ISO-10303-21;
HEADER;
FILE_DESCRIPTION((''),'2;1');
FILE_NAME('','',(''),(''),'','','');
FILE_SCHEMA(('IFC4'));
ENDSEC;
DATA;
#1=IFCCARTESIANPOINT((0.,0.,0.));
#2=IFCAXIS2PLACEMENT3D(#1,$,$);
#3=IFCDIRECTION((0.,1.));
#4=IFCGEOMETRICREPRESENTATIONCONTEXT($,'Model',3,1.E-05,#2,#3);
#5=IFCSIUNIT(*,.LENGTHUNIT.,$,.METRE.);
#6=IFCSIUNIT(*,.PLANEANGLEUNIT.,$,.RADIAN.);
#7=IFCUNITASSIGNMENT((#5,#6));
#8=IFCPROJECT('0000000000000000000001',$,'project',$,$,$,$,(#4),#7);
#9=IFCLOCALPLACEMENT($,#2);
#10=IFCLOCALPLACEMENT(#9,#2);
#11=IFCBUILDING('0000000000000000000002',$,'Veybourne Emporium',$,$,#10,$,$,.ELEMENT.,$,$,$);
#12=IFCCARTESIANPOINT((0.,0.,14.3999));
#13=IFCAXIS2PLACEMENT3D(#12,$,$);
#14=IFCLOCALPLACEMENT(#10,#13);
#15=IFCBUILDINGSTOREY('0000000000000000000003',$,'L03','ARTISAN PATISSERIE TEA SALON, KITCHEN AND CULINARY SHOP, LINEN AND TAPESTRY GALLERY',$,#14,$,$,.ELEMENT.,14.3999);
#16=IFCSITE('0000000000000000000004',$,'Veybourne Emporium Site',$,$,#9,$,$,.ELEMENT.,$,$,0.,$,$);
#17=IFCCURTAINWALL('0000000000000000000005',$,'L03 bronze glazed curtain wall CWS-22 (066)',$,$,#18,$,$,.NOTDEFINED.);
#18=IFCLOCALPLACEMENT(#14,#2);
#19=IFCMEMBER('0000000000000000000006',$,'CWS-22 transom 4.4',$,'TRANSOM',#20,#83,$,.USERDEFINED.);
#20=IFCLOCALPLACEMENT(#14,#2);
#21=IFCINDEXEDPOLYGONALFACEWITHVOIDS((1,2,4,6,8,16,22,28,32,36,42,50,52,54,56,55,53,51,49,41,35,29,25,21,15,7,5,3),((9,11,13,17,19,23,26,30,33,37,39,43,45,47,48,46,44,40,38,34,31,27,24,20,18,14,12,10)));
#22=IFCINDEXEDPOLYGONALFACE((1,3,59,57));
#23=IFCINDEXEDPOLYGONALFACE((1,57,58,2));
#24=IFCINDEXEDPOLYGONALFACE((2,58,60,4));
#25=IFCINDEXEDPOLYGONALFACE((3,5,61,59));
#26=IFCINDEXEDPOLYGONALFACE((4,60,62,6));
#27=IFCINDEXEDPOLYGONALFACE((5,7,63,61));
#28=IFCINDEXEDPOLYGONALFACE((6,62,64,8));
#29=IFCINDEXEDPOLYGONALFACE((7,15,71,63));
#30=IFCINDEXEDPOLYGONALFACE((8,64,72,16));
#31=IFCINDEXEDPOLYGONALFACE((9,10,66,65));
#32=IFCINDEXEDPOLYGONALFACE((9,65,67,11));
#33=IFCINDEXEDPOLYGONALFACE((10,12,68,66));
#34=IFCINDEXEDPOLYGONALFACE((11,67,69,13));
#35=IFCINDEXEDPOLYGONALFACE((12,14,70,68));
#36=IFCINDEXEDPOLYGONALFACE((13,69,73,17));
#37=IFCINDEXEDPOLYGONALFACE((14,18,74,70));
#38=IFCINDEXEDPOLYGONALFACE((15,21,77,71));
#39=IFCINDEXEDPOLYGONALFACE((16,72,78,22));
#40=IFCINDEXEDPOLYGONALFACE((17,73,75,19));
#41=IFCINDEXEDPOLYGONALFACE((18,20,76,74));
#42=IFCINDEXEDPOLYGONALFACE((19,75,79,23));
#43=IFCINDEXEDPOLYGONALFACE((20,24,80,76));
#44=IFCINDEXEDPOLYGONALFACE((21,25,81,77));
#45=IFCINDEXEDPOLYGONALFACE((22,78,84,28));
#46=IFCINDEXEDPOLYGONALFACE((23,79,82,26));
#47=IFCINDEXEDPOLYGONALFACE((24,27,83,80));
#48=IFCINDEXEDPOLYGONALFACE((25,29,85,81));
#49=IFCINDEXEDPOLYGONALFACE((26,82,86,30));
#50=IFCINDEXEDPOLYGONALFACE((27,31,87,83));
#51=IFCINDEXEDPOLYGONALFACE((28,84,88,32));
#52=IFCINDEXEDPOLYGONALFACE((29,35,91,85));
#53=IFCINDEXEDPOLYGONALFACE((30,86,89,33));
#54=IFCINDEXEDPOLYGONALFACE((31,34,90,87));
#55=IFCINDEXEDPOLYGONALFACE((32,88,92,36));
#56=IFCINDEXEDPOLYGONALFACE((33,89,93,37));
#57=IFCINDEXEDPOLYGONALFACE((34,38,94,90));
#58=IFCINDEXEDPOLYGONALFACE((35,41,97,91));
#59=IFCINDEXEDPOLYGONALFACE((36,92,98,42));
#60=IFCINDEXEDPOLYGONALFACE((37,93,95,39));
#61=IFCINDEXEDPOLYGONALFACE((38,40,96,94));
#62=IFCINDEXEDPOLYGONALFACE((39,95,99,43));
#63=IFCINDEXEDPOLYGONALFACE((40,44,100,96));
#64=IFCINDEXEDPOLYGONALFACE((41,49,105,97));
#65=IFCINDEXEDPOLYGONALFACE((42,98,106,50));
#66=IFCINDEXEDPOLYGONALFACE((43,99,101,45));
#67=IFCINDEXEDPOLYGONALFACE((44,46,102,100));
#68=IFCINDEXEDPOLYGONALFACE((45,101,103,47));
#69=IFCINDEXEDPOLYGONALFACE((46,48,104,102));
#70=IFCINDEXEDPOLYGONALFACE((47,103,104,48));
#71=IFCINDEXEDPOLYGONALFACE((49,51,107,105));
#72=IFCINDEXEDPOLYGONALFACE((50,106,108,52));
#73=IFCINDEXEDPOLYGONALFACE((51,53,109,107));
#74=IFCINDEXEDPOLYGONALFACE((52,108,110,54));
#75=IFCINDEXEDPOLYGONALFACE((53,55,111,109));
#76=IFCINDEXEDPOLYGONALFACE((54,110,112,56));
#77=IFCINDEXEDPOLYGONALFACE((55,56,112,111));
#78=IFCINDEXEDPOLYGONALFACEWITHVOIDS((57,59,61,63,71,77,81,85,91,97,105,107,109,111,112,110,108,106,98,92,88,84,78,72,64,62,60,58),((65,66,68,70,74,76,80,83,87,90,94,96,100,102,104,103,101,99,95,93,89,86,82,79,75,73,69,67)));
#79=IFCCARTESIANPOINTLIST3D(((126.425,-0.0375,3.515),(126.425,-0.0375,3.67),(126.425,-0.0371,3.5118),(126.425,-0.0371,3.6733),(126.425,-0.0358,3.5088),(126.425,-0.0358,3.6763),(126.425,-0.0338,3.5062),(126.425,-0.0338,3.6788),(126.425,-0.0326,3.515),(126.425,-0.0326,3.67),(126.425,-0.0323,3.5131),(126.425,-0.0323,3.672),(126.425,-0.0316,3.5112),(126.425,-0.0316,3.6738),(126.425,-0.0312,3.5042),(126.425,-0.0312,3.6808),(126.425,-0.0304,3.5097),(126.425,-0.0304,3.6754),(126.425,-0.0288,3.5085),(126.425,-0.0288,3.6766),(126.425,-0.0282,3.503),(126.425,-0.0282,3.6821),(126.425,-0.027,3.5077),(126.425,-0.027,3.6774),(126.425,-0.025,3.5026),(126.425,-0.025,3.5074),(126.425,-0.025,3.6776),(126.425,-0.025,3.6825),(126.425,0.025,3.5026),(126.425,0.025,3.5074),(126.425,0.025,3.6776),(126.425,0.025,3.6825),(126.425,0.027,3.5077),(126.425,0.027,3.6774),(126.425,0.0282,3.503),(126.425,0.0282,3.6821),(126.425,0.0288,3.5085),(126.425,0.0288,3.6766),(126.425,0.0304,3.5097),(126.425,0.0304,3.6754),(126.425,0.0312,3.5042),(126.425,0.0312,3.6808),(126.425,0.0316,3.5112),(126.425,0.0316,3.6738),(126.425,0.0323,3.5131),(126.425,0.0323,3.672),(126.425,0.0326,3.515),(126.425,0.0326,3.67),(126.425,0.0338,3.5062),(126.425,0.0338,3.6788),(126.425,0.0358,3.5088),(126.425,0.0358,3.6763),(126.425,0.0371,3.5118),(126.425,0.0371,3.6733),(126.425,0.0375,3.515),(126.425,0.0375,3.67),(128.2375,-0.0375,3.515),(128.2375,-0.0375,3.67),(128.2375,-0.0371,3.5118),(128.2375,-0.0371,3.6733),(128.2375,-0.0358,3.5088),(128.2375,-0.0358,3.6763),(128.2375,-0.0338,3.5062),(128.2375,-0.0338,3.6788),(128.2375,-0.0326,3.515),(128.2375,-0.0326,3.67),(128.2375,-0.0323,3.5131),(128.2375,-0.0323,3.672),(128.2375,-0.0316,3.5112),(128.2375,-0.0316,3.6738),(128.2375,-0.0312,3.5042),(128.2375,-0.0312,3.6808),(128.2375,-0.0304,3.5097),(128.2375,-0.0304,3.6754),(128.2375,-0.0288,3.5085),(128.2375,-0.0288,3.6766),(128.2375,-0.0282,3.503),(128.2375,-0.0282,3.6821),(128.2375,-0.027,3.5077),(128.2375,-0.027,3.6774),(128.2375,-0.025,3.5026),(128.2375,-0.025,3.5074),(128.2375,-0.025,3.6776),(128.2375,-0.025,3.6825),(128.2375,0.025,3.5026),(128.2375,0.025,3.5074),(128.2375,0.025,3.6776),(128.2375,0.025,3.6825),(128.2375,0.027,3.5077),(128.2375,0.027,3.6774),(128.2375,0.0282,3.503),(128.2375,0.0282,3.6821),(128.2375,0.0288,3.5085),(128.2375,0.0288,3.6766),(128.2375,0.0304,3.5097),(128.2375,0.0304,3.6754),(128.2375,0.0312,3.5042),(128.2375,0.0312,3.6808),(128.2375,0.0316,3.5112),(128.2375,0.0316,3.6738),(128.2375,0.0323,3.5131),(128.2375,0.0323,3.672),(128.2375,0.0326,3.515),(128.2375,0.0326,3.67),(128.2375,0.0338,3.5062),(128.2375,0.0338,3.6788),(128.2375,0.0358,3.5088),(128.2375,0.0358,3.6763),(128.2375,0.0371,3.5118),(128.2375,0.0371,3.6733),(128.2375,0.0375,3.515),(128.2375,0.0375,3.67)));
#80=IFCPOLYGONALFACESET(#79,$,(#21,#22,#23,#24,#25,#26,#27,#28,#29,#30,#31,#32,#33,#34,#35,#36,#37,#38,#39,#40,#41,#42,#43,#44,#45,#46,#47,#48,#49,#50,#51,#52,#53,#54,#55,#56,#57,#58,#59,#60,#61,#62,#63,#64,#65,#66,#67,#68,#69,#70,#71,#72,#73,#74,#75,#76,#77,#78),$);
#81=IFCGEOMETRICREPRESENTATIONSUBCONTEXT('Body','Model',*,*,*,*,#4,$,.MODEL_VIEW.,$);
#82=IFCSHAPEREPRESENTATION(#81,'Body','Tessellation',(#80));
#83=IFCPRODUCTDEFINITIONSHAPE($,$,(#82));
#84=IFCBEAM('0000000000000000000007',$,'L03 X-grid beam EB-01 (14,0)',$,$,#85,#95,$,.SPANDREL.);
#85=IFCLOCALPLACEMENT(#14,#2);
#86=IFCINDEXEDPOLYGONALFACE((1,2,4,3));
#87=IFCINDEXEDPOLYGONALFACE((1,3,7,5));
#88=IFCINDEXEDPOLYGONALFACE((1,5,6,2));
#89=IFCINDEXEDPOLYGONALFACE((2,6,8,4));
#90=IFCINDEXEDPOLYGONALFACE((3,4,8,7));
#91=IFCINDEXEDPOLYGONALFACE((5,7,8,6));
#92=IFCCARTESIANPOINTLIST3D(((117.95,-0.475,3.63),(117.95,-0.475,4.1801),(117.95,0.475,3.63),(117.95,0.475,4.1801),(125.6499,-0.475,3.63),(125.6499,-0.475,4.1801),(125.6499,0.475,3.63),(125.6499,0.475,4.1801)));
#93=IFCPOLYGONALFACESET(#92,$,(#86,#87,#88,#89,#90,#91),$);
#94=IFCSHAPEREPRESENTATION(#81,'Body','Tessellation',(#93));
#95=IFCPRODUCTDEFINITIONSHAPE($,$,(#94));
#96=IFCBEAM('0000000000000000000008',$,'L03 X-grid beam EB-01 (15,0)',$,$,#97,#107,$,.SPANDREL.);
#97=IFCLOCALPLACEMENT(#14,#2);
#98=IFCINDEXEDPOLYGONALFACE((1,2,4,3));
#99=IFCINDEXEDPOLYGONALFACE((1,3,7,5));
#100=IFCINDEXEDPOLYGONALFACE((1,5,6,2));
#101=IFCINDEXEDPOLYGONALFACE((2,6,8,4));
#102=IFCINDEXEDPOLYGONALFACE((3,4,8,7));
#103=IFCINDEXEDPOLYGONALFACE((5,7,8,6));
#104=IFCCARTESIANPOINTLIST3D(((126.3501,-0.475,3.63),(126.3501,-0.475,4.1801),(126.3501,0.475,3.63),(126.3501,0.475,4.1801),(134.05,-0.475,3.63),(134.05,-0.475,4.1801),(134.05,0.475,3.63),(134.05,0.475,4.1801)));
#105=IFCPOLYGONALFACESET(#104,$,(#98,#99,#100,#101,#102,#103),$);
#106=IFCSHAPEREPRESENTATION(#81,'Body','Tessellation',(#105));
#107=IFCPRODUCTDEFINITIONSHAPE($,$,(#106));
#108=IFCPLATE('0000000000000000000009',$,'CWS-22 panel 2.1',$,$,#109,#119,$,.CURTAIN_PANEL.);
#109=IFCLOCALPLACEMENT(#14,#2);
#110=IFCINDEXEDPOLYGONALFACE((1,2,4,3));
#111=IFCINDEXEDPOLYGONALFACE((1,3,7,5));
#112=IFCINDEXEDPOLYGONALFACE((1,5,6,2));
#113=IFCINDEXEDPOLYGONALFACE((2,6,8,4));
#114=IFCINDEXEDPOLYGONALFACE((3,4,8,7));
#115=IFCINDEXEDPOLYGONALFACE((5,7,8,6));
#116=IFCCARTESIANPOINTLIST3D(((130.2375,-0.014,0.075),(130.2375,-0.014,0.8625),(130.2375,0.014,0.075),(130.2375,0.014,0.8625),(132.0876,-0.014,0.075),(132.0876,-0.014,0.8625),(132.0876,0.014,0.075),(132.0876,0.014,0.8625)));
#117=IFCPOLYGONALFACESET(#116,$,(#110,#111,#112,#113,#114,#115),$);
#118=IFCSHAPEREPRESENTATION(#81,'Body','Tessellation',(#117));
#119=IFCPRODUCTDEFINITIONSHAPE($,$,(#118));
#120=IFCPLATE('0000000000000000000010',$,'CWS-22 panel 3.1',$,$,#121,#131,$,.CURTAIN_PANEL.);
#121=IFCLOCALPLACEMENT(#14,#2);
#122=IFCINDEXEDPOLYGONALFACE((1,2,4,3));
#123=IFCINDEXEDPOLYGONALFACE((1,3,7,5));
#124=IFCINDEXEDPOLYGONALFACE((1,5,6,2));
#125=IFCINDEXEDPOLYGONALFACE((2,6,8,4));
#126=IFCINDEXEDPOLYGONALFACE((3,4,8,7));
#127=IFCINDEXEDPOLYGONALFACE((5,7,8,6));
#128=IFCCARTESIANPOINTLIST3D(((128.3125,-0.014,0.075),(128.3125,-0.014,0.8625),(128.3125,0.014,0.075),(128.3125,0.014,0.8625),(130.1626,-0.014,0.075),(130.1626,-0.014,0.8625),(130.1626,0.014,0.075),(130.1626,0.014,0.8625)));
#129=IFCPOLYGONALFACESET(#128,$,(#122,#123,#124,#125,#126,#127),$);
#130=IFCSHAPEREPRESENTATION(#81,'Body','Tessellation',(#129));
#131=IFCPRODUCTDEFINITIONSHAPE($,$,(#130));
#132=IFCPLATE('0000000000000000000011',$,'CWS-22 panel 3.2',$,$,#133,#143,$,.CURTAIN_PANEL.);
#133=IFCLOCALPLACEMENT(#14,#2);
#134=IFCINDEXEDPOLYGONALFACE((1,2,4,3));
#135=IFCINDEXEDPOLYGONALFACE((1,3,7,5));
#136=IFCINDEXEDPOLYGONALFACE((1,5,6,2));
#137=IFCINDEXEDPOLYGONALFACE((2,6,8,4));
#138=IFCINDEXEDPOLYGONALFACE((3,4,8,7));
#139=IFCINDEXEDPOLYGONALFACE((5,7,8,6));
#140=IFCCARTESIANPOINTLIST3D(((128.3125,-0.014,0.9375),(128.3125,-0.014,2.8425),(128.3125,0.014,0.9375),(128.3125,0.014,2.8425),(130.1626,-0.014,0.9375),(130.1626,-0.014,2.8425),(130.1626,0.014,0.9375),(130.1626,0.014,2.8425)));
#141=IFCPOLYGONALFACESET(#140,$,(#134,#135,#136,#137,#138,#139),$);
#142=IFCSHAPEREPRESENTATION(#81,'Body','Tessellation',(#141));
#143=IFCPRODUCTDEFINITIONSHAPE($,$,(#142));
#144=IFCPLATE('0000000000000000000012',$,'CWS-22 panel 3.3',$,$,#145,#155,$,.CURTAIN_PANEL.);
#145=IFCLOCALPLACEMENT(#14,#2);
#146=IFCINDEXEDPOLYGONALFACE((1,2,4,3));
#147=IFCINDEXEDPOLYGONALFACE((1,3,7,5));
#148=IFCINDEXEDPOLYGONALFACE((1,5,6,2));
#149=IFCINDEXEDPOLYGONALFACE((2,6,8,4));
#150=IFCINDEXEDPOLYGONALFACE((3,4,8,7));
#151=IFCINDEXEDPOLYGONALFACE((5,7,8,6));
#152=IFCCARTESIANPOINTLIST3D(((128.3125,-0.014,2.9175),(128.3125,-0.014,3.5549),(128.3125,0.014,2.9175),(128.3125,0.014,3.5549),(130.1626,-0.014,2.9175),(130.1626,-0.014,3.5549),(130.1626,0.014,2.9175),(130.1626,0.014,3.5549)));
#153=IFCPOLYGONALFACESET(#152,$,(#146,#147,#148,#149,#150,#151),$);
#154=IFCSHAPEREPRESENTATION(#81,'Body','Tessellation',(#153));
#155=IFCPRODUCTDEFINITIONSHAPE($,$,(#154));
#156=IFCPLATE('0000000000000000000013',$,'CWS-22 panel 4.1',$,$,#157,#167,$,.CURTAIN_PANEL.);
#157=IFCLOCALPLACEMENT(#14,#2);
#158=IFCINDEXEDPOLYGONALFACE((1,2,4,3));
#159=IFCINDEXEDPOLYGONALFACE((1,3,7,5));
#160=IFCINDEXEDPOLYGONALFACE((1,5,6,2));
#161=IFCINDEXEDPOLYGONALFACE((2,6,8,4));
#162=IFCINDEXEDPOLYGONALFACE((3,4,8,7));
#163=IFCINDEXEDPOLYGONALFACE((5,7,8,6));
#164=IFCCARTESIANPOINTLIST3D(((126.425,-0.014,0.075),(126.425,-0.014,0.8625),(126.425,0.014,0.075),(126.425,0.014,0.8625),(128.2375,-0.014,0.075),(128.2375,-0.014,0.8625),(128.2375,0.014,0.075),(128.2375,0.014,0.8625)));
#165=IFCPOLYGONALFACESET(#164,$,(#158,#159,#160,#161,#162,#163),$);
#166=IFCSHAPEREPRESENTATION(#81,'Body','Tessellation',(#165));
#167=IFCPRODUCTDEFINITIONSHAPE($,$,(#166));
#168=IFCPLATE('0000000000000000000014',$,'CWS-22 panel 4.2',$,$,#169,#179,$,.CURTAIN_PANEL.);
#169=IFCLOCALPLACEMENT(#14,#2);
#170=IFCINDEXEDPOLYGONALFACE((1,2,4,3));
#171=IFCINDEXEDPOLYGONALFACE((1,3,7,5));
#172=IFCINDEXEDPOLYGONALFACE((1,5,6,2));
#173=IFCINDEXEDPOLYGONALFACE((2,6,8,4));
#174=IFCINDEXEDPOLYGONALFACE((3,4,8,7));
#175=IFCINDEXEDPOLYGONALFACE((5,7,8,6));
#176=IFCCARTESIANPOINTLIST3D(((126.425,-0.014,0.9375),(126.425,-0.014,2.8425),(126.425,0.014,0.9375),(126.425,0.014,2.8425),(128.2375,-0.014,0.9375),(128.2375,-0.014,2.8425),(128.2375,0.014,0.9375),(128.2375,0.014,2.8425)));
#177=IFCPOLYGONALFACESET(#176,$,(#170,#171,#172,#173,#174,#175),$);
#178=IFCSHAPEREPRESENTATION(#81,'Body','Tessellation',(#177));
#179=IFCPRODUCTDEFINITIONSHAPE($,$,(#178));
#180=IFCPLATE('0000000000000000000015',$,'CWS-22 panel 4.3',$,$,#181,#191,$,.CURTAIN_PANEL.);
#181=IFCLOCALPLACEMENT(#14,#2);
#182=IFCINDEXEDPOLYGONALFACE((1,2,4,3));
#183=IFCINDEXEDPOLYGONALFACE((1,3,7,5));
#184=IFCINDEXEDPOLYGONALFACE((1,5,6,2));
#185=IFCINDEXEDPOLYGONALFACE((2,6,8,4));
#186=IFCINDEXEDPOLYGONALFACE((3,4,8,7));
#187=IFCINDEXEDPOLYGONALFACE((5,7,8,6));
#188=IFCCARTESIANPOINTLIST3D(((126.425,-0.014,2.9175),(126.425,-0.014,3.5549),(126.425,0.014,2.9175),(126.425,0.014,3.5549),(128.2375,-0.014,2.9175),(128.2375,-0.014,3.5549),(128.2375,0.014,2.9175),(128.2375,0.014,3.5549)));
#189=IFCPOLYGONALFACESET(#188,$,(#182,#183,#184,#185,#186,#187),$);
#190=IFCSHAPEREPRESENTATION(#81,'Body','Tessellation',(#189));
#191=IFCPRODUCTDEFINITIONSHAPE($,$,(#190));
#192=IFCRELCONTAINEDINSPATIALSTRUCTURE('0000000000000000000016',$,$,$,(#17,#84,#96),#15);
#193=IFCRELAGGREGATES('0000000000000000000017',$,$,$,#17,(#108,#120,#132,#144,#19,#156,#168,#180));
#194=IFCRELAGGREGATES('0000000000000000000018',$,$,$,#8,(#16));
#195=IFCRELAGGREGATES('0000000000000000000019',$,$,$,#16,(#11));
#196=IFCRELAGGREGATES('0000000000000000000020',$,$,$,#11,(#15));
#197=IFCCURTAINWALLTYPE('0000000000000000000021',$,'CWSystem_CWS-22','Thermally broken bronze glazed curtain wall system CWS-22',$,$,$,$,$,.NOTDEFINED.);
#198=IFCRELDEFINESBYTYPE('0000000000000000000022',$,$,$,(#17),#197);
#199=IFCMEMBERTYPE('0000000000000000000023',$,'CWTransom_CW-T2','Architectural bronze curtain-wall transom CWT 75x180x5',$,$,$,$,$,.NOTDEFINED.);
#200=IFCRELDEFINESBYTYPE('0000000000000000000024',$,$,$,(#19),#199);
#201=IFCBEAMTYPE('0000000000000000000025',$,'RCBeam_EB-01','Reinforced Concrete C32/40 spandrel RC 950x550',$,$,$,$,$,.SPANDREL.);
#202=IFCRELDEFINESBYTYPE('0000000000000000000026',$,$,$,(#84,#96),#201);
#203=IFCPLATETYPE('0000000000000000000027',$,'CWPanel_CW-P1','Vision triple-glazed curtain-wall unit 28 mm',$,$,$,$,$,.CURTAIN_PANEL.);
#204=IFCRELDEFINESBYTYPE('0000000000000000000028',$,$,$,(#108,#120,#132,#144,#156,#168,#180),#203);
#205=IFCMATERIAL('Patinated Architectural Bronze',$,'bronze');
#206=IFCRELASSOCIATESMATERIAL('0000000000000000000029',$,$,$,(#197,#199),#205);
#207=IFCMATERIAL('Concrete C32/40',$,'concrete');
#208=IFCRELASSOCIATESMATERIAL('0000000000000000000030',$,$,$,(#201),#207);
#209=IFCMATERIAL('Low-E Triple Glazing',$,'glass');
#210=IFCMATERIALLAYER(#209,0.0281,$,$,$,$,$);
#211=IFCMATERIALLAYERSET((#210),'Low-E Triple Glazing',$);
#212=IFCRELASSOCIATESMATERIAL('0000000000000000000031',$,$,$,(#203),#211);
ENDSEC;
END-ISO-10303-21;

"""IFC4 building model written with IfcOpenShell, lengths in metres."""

from ifc_helpers import new_model, si_unit, direction, frame, origin, origin_2d, place, context, subcontext, project, spatial, rectangle, hollow_rectangle, extrude, material, layer, layer_set, material_profile, profile_set, type_object, element, aggregate, save


model = new_model("IFC4")

# Units and contexts
model_context = context("Model", 3, precision=1e-05, world=origin(), true_north=direction((0.0, 1.0)))
body_context = subcontext(model_context, "Body", "Model", "MODEL_VIEW")
ifc_project = project(units=[si_unit("LENGTHUNIT", "METRE"), si_unit("PLANEANGLEUNIT", "RADIAN")], contexts=[model_context])

# Site, building, storey
site_placement = place(None, origin())
site = spatial("IfcSite", under=ifc_project, at=site_placement, Name="Veybourne Emporium Site", CompositionType="ELEMENT", RefElevation=0.0)
building_placement = place(site_placement, origin())
building = spatial("IfcBuilding", under=site, at=building_placement, Name="Veybourne Emporium", CompositionType="ELEMENT")
storey_placement = place(building_placement, frame((0.0, 0.0, 14.3999)))
storey = spatial("IfcBuildingStorey", under=building, at=storey_placement, Name="L03", Description="ARTISAN PATISSERIE TEA SALON, KITCHEN AND CULINARY SHOP, LINEN AND TAPESTRY GALLERY", CompositionType="ELEMENT", Elevation=14.3999)

# Curtain wall, member
ifc_material_1 = material(Name="Patinated Architectural Bronze", Category="bronze")
curtain_wall_type = type_object("IfcCurtainWallType", Name="CWSystem_CWS-22", Description="Thermally broken bronze glazed curtain wall system CWS-22", PredefinedType="NOTDEFINED", material=ifc_material_1)
curtain_wall_placement = place(storey_placement, origin())
curtain_wall = element("IfcCurtainWall", 1, at=curtain_wall_placement, inside=storey, type_object=curtain_wall_type, Name="L03 bronze glazed curtain wall CWS-22 (066)", PredefinedType="NOTDEFINED")
ifc_material_profile_1 = material_profile(ifc_material_1, hollow_rectangle(XDim=0.075, YDim=0.1799, WallThickness=0.0049, InnerFilletRadius=0.0076, OuterFilletRadius=0.0125, at=origin_2d()), Name="CWT 75x180x5")
ifc_profile_set_1 = profile_set([ifc_material_profile_1], Name="Patinated Architectural Bronze")
member_type_1 = type_object("IfcMemberType", Name="CWTransom_CW-T2", Description="Architectural bronze curtain-wall transom CWT 75x180x5", PredefinedType="NOTDEFINED", material=ifc_profile_set_1)
member_1_placement = place(storey_placement, frame((128.2375, 0.0, 3.5925), z_axis=(-1.0, 0.0, 0.0), x_axis=(0.0, -1.0, 0.0)))
member_1 = element("IfcMember", 2, at=member_1_placement, type_object=member_type_1, Name="CWS-22 transom 4.4", ObjectType="TRANSOM", PredefinedType="USERDEFINED", context=body_context, shape_type="SweptSolid", body=[
    extrude(hollow_rectangle(XDim=0.075, YDim=0.1799, WallThickness=0.0049, InnerFilletRadius=0.0076, OuterFilletRadius=0.0125, at=origin_2d()), origin(), (0.0, 0.0, 1.0), 1.8125),
])

# Beams
ifc_material_2 = material(Name="Concrete C32/40", Category="concrete")
ifc_material_profile_2 = material_profile(ifc_material_2, rectangle(XDim=0.95, YDim=0.55, at=origin_2d()), Name="RC 950x550")
ifc_profile_set_2 = profile_set([ifc_material_profile_2], Name="Concrete C32/40")
beam_type = type_object("IfcBeamType", Name="RCBeam_EB-01", Description="Reinforced Concrete C32/40 spandrel RC 950x550", PredefinedType="SPANDREL", material=ifc_profile_set_2)
for number, where, z_axis, x_axis, name in (
    (3, (117.95, 0.0, 3.905), (1.0, 0.0, 0.0), (0.0, 1.0, 0.0), "L03 X-grid beam EB-01 (14,0)"),
    (4, (126.3501, 0.0, 3.905), (1.0, 0.0, 0.0), (0.0, 1.0, 0.0), "L03 X-grid beam EB-01 (15,0)"),
):
    element("IfcBeam", number, at=place(storey_placement, frame(where, z_axis=z_axis, x_axis=x_axis)), inside=storey, type_object=beam_type, Name=name, PredefinedType="SPANDREL", context=body_context, shape_type="SweptSolid", body=[
        extrude(rectangle(XDim=0.95, YDim=0.55, at=origin_2d()), origin(), (0.0, 0.0, 1.0), 7.7),
    ])

# Plates
ifc_material_3 = material(Name="Low-E Triple Glazing", Category="glass")
ifc_layer_1 = layer(ifc_material_3, 0.0281)
ifc_layer_set_1 = layer_set([ifc_layer_1], Name="Low-E Triple Glazing")
plate_type = type_object("IfcPlateType", Name="CWPanel_CW-P1", Description="Vision triple-glazed curtain-wall unit 28 mm", PredefinedType="CURTAIN_PANEL", material=ifc_layer_set_1)
plate_1_placement = place(storey_placement, frame((131.1626, 0.0, 0.075), z_axis=(0.0, 0.0, 1.0), x_axis=(-1.0, 0.0, 0.0)))
plate_1 = element("IfcPlate", 5, at=plate_1_placement, type_object=plate_type, Name="CWS-22 panel 2.1", PredefinedType="CURTAIN_PANEL", context=body_context, shape_type="SweptSolid", body=[
    extrude(rectangle(XDim=1.8501, YDim=0.0281, at=origin_2d()), origin(), (0.0, 0.0, 1.0), 0.7876),
])
plate_2_placement = place(storey_placement, frame((129.2375, 0.0, 0.075), z_axis=(0.0, 0.0, 1.0), x_axis=(-1.0, 0.0, 0.0)))
plate_2 = element("IfcPlate", 6, at=plate_2_placement, type_object=plate_type, Name="CWS-22 panel 3.1", PredefinedType="CURTAIN_PANEL", context=body_context, shape_type="SweptSolid", body=[
    extrude(rectangle(XDim=1.8501, YDim=0.0281, at=origin_2d()), origin(), (0.0, 0.0, 1.0), 0.7876),
])
plate_3_placement = place(storey_placement, frame((129.2375, 0.0, 0.9375), z_axis=(0.0, 0.0, 1.0), x_axis=(-1.0, 0.0, 0.0)))
plate_3 = element("IfcPlate", 7, at=plate_3_placement, type_object=plate_type, Name="CWS-22 panel 3.2", PredefinedType="CURTAIN_PANEL", context=body_context, shape_type="SweptSolid", body=[
    extrude(rectangle(XDim=1.8501, YDim=0.0281, at=origin_2d()), origin(), (0.0, 0.0, 1.0), 1.905),
])
plate_4_placement = place(storey_placement, frame((129.2375, 0.0, 2.9175), z_axis=(0.0, 0.0, 1.0), x_axis=(-1.0, 0.0, 0.0)))
plate_4 = element("IfcPlate", 8, at=plate_4_placement, type_object=plate_type, Name="CWS-22 panel 3.3", PredefinedType="CURTAIN_PANEL", context=body_context, shape_type="SweptSolid", body=[
    extrude(rectangle(XDim=1.8501, YDim=0.0281, at=origin_2d()), origin(), (0.0, 0.0, 1.0), 0.6375),
])
plate_5_placement = place(storey_placement, frame((127.3313, 0.0, 0.075), z_axis=(0.0, 0.0, 1.0), x_axis=(-1.0, 0.0, 0.0)))
plate_5 = element("IfcPlate", 9, at=plate_5_placement, type_object=plate_type, Name="CWS-22 panel 4.1", PredefinedType="CURTAIN_PANEL", context=body_context, shape_type="SweptSolid", body=[
    extrude(rectangle(XDim=1.8125, YDim=0.0281, at=origin_2d()), origin(), (0.0, 0.0, 1.0), 0.7876),
])
plate_6_placement = place(storey_placement, frame((127.3313, 0.0, 0.9375), z_axis=(0.0, 0.0, 1.0), x_axis=(-1.0, 0.0, 0.0)))
plate_6 = element("IfcPlate", 10, at=plate_6_placement, type_object=plate_type, Name="CWS-22 panel 4.2", PredefinedType="CURTAIN_PANEL", context=body_context, shape_type="SweptSolid", body=[
    extrude(rectangle(XDim=1.8125, YDim=0.0281, at=origin_2d()), origin(), (0.0, 0.0, 1.0), 1.905),
])
plate_7_placement = place(storey_placement, frame((127.3313, 0.0, 2.9175), z_axis=(0.0, 0.0, 1.0), x_axis=(-1.0, 0.0, 0.0)))
plate_7 = element("IfcPlate", 11, at=plate_7_placement, type_object=plate_type, Name="CWS-22 panel 4.3", PredefinedType="CURTAIN_PANEL", context=body_context, shape_type="SweptSolid", body=[
    extrude(rectangle(XDim=1.8125, YDim=0.0281, at=origin_2d()), origin(), (0.0, 0.0, 1.0), 0.6375),
])
aggregate(curtain_wall, [plate_1, plate_2, plate_3, plate_4, member_1, plate_5, plate_6, plate_7])

save(model, "model.ifc")
